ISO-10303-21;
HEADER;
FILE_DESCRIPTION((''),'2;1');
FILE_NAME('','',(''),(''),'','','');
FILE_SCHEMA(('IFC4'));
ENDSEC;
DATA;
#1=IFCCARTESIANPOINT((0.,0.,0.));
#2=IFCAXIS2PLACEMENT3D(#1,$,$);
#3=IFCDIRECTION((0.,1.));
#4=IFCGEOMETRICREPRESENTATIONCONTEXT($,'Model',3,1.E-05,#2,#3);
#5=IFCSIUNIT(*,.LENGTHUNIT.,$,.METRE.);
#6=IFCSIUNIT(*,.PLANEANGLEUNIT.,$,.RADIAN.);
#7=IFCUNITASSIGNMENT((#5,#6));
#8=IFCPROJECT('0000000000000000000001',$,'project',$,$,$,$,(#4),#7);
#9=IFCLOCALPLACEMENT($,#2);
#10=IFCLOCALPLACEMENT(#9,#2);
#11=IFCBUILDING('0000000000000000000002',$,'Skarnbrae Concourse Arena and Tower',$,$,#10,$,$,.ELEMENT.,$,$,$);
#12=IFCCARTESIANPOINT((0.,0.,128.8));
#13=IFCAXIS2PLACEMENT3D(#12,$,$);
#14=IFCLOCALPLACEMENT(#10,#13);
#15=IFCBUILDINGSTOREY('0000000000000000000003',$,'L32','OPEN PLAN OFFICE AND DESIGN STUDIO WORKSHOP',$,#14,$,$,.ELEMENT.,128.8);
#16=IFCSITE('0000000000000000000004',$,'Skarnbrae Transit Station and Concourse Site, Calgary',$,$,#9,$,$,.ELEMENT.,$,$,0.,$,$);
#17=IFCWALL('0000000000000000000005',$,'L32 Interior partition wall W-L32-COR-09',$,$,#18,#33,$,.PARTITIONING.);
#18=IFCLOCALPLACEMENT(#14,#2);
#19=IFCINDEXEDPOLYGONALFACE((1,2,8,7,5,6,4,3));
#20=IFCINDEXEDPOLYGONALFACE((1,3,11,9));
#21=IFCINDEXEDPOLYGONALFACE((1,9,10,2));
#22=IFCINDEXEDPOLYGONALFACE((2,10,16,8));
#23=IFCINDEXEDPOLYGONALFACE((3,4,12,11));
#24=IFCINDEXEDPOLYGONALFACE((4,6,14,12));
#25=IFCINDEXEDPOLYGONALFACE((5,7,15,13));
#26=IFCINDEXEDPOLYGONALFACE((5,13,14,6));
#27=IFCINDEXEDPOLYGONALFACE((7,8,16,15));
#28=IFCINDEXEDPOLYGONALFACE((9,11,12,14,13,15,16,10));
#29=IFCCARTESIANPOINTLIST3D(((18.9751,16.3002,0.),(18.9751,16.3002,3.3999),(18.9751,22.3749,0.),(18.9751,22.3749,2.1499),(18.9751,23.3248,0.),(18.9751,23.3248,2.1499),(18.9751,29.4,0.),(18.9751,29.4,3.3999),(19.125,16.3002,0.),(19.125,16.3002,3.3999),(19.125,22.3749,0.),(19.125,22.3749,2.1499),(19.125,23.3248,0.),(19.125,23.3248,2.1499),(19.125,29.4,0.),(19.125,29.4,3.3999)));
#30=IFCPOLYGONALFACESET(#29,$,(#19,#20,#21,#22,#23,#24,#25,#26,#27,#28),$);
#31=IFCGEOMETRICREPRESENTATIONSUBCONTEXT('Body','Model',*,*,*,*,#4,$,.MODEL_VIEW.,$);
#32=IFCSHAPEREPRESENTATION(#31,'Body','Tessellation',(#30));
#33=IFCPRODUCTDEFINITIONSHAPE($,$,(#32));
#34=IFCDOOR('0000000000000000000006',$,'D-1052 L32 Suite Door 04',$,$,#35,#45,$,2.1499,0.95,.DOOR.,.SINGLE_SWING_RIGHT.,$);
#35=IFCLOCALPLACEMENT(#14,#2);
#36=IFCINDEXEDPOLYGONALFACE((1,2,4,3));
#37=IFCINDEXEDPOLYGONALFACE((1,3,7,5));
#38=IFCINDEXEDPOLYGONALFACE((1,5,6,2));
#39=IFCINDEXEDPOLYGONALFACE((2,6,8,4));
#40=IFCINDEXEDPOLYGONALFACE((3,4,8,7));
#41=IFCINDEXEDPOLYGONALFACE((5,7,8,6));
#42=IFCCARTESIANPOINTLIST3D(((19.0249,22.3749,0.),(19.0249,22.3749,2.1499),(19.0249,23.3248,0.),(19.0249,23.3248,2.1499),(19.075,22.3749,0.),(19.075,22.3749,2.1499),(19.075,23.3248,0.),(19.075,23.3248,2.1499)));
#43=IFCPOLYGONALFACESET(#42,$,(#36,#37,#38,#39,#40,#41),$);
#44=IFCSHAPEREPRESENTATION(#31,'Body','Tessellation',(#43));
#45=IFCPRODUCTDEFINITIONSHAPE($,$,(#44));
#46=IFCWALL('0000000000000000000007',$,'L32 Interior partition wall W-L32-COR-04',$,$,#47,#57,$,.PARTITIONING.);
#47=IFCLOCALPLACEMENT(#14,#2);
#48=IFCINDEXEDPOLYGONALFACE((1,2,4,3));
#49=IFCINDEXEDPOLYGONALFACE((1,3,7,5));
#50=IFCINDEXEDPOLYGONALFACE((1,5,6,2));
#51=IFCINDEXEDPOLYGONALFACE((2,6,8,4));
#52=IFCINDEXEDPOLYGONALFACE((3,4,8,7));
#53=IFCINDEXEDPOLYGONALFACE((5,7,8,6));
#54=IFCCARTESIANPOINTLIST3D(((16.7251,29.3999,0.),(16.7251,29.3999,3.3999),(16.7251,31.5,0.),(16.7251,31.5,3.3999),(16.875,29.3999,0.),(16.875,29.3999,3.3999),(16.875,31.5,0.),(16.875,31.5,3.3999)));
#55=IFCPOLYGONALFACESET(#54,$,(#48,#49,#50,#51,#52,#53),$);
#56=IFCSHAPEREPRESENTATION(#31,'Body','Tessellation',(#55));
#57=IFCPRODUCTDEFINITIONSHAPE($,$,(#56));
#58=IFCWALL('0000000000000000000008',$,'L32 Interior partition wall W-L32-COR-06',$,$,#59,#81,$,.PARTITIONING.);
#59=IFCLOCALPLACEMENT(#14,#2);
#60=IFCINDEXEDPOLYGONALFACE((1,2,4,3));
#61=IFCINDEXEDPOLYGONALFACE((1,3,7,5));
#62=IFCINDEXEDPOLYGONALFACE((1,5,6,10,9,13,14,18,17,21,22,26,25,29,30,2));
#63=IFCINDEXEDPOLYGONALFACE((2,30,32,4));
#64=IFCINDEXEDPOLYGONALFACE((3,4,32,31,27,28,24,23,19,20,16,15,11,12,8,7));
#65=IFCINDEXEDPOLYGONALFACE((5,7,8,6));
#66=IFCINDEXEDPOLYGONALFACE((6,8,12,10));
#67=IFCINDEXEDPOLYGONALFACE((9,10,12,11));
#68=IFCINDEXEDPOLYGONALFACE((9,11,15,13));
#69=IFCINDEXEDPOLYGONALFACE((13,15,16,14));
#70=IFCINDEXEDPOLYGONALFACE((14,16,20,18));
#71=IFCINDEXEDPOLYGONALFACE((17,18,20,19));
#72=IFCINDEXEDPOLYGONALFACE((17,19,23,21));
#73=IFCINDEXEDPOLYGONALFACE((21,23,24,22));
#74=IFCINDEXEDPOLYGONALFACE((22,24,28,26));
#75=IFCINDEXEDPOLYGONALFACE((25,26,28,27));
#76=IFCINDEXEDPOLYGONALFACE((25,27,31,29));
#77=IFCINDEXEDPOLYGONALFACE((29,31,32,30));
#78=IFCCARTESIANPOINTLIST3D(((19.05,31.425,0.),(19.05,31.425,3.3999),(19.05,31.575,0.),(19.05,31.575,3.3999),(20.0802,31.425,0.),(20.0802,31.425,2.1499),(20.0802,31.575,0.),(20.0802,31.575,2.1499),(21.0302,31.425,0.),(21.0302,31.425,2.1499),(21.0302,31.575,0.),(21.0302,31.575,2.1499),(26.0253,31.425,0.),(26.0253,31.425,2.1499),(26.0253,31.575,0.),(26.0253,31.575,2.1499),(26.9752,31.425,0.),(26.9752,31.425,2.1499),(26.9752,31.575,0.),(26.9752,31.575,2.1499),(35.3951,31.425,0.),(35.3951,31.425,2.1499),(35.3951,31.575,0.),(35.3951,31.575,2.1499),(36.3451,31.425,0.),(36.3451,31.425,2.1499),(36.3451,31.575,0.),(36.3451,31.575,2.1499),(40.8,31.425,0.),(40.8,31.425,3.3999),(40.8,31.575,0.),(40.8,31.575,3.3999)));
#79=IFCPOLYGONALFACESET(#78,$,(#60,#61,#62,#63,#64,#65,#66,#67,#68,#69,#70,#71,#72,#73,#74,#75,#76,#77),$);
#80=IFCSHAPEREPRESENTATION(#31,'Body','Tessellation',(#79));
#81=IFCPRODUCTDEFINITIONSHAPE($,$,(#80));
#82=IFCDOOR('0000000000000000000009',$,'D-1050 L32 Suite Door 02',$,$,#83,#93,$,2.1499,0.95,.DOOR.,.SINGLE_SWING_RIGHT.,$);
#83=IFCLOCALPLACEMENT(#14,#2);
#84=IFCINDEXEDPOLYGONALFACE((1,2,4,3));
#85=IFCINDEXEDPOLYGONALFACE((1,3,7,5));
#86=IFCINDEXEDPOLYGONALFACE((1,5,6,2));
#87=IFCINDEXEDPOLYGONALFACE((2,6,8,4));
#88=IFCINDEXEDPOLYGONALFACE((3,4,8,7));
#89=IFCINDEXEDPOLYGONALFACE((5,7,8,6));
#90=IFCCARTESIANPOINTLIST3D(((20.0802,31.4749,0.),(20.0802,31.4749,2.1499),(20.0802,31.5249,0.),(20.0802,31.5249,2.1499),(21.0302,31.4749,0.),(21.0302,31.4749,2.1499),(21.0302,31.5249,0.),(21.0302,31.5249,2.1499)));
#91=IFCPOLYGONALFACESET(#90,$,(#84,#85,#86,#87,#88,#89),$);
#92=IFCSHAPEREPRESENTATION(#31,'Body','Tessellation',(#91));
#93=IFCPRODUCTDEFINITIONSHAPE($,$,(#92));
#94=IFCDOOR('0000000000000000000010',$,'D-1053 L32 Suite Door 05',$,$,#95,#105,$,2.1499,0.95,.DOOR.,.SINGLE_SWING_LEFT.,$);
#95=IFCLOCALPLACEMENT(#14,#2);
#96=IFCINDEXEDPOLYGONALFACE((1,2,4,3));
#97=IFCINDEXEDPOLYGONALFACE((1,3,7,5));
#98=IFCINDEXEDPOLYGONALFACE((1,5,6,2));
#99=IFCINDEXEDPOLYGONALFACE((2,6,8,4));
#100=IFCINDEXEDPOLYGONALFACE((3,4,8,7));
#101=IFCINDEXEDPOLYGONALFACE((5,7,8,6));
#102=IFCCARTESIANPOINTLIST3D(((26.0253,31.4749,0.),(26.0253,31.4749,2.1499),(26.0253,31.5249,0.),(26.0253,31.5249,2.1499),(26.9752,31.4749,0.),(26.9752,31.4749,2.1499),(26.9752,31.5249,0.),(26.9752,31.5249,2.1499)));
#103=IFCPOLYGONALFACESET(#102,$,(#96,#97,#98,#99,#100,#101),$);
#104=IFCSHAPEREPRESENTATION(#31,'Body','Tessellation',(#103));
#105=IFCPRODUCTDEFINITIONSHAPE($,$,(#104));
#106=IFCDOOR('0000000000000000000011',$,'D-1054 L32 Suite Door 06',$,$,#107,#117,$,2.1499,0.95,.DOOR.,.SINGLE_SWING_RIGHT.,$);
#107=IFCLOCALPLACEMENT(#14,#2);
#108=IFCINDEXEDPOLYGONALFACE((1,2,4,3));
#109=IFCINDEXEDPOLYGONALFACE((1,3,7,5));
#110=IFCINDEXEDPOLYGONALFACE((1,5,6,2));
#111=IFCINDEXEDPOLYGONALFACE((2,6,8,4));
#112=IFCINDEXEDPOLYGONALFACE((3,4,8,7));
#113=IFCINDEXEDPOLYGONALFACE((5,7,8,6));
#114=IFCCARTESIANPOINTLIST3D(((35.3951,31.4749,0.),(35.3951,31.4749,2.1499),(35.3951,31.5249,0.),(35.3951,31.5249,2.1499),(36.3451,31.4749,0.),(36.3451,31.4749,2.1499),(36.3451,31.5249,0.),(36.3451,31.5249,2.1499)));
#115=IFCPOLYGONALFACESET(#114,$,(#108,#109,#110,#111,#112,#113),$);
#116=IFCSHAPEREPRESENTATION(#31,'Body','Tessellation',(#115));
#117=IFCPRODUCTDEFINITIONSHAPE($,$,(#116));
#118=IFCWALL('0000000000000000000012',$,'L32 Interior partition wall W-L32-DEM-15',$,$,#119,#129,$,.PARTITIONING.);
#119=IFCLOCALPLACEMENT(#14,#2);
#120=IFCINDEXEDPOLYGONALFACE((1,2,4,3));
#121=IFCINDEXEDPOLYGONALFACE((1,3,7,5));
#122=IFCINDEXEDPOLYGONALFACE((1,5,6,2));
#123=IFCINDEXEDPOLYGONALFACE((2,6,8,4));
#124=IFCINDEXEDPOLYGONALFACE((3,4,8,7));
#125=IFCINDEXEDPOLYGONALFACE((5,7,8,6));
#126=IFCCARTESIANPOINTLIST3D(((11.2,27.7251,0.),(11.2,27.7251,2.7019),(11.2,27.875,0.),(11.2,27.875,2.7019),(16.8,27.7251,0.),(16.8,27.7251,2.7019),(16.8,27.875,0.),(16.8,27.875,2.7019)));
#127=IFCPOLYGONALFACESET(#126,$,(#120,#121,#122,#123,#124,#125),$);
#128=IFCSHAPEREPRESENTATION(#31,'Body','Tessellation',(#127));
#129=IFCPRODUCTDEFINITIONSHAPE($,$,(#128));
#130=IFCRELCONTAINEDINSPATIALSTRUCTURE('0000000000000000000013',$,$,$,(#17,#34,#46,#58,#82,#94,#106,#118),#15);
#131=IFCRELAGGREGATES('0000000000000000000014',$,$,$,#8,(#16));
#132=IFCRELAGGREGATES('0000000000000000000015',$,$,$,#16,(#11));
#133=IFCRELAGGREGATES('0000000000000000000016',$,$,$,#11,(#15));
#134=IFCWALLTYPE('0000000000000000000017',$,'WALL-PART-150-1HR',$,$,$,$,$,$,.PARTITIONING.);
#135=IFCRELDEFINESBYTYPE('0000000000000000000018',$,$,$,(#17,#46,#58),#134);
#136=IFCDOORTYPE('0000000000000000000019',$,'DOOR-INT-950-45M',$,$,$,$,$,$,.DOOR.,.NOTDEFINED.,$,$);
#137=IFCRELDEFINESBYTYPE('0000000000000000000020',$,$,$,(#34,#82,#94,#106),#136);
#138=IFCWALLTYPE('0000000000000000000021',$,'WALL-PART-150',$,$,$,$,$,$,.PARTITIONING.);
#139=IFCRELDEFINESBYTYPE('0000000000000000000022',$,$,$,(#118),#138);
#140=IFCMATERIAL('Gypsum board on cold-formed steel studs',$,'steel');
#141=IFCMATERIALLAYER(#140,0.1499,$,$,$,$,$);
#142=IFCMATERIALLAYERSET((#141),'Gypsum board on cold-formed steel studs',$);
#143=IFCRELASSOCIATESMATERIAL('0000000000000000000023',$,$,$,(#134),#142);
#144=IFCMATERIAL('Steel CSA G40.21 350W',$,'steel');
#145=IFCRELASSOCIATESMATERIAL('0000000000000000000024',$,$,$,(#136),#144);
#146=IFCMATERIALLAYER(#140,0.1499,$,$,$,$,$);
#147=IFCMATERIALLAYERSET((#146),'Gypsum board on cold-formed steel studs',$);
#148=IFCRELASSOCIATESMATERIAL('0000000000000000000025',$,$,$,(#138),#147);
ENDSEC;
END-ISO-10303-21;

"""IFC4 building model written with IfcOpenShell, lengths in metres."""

from ifc_helpers import new_model, si_unit, direction, frame, frame_2d, origin, place, context, subcontext, project, spatial, rectangle, extrude, source, transform, mapped, material, layer, layer_set, type_object, element, fill, save


model = new_model("IFC4")

# Units and contexts
model_context = context("Model", 3, precision=1e-05, world=origin(), true_north=direction((0.0, 1.0)))
body_context = subcontext(model_context, "Body", "Model", "MODEL_VIEW")
ifc_project = project(units=[si_unit("LENGTHUNIT", "METRE"), si_unit("PLANEANGLEUNIT", "RADIAN")], contexts=[model_context])

# Site, building, storey
site_placement = place(None, origin())
site = spatial("IfcSite", under=ifc_project, at=site_placement, Name="Skarnbrae Transit Station and Concourse Site, Calgary", CompositionType="ELEMENT", RefElevation=0.0)
building_placement = place(site_placement, origin())
building = spatial("IfcBuilding", under=site, at=building_placement, Name="Skarnbrae Concourse Arena and Tower", CompositionType="ELEMENT")
storey_placement = place(building_placement, frame((0.0, 0.0, 128.8)))
storey = spatial("IfcBuildingStorey", under=building, at=storey_placement, Name="L32", Description="OPEN PLAN OFFICE AND DESIGN STUDIO WORKSHOP", CompositionType="ELEMENT", Elevation=128.8)

# Shared definitions
ifc_material_1 = material(Name="Steel CSA G40.21 350W", Category="steel")

# Shared definitions
ifc_material_2 = material(Name="Gypsum board on cold-formed steel studs", Category="steel")
ifc_layer_1 = layer(ifc_material_2, 0.1499)
ifc_layer_set_1 = layer_set([ifc_layer_1], Name="Gypsum board on cold-formed steel studs")
wall_type_1 = type_object("IfcWallType", Name="WALL-PART-150-1HR", PredefinedType="PARTITIONING", material=ifc_layer_set_1)

# Wall, opening, door
shared_shape_1 = source(origin(), body_context, "Body", "SweptSolid", [
    extrude(rectangle(XDim=13.0999, YDim=0.1499, at=frame_2d((6.5498, 0.0))), origin(), (0.0, 0.0, 1.0), 3.3999),
])
wall_1_placement = place(storey_placement, frame((19.05, 29.3999, 0.0), z_axis=(0.0, 0.0, 1.0), x_axis=(0.0, -1.0, 0.0)))
wall_1 = element("IfcWall", 1, at=wall_1_placement, inside=storey, type_object=wall_type_1, Name="L32 Interior partition wall W-L32-COR-09", PredefinedType="PARTITIONING", context=body_context, shape_type="MappedRepresentation", body=[
    mapped(shared_shape_1, transform((0.0, 0.0, 0.0))),
])
opening_1_placement = place(wall_1_placement, frame((6.075, 0.0, 0.0)))
opening_1 = element("IfcOpeningElement", 2, at=opening_1_placement, cuts=wall_1, PredefinedType="OPENING", context=body_context, shape_type="SweptSolid", body=[
    extrude(rectangle(XDim=0.95, YDim=2.1499, at=frame_2d((0.4751, 1.075))), frame((0.0, 0.085, 0.0), z_axis=(0.0, -1.0, 0.0), x_axis=(1.0, 0.0, 0.0)), (0.0, 0.0, 1.0), 0.1699),
])
door_type = type_object("IfcDoorType", Name="DOOR-INT-950-45M", OperationType="NOTDEFINED", PredefinedType="DOOR", material=ifc_material_1)
shared_shape_2 = source(origin(), body_context, "Body", "SweptSolid", [
    extrude(rectangle(XDim=0.95, YDim=2.1499, at=frame_2d((0.4751, 1.075))), frame((0.0, 0.0249, 0.0), z_axis=(0.0, -1.0, 0.0), x_axis=(1.0, 0.0, 0.0)), (0.0, 0.0, 1.0), 0.05),
])
door_1_placement = place(opening_1_placement, origin())
door_1 = element("IfcDoor", 3, at=door_1_placement, inside=storey, type_object=door_type, Name="D-1052 L32 Suite Door 04", OperationType="SINGLE_SWING_RIGHT", OverallHeight=2.1499, OverallWidth=0.95, PredefinedType="DOOR", context=body_context, shape_type="MappedRepresentation", body=[
    mapped(shared_shape_2, transform((0.0, 0.0, 0.0))),
])
fill(opening_1, door_1)

# Wall
shared_shape_3 = source(origin(), body_context, "Body", "SweptSolid", [
    extrude(rectangle(XDim=2.1001, YDim=0.1499, at=frame_2d((1.05, 0.0))), origin(), (0.0, 0.0, 1.0), 3.3999),
])
wall_2_placement = place(storey_placement, frame((16.8, 29.3999, 0.0), z_axis=(0.0, 0.0, 1.0), x_axis=(0.0, 1.0, 0.0)))
element("IfcWall", 4, at=wall_2_placement, inside=storey, type_object=wall_type_1, Name="L32 Interior partition wall W-L32-COR-04", PredefinedType="PARTITIONING", context=body_context, shape_type="MappedRepresentation", body=[
    mapped(shared_shape_3, transform((0.0, 0.0, 0.0))),
])

# Wall, openings, doors
shared_shape_4 = source(origin(), body_context, "Body", "SweptSolid", [
    extrude(rectangle(XDim=21.75, YDim=0.1499, at=frame_2d((10.875, 0.0))), origin(), (0.0, 0.0, 1.0), 3.3999),
])
wall_3_placement = place(storey_placement, frame((19.05, 31.5, 0.0), z_axis=(0.0, 0.0, 1.0), x_axis=(1.0, 0.0, 0.0)))
wall_3 = element("IfcWall", 5, at=wall_3_placement, inside=storey, type_object=wall_type_1, Name="L32 Interior partition wall W-L32-COR-06", PredefinedType="PARTITIONING", context=body_context, shape_type="MappedRepresentation", body=[
    mapped(shared_shape_4, transform((0.0, 0.0, 0.0))),
])
opening_2_placement = place(wall_3_placement, frame((1.03, 0.0, 0.0)))
opening_2 = element("IfcOpeningElement", 6, at=opening_2_placement, cuts=wall_3, PredefinedType="OPENING", context=body_context, shape_type="SweptSolid", body=[
    extrude(rectangle(XDim=0.95, YDim=2.1499, at=frame_2d((0.4751, 1.075))), frame((0.0, 0.085, 0.0), z_axis=(0.0, -1.0, 0.0), x_axis=(1.0, 0.0, 0.0)), (0.0, 0.0, 1.0), 0.1699),
])
opening_3_placement = place(wall_3_placement, frame((6.9751, 0.0, 0.0)))
opening_3 = element("IfcOpeningElement", 7, at=opening_3_placement, cuts=wall_3, PredefinedType="OPENING", context=body_context, shape_type="SweptSolid", body=[
    extrude(rectangle(XDim=0.95, YDim=2.1499, at=frame_2d((0.4751, 1.075))), frame((0.0, 0.085, 0.0), z_axis=(0.0, -1.0, 0.0), x_axis=(1.0, 0.0, 0.0)), (0.0, 0.0, 1.0), 0.1699),
])
opening_4_placement = place(wall_3_placement, frame((16.345, 0.0, 0.0)))
opening_4 = element("IfcOpeningElement", 8, at=opening_4_placement, cuts=wall_3, PredefinedType="OPENING", context=body_context, shape_type="SweptSolid", body=[
    extrude(rectangle(XDim=0.95, YDim=2.1499, at=frame_2d((0.4751, 1.075))), frame((0.0, 0.085, 0.0), z_axis=(0.0, -1.0, 0.0), x_axis=(1.0, 0.0, 0.0)), (0.0, 0.0, 1.0), 0.1699),
])
door_2_placement = place(opening_2_placement, origin())
door_2 = element("IfcDoor", 9, at=door_2_placement, inside=storey, type_object=door_type, Name="D-1050 L32 Suite Door 02", OperationType="SINGLE_SWING_RIGHT", OverallHeight=2.1499, OverallWidth=0.95, PredefinedType="DOOR", context=body_context, shape_type="MappedRepresentation", body=[
    mapped(shared_shape_2, transform((0.0, 0.0, 0.0))),
])
fill(opening_2, door_2)
door_3_placement = place(opening_3_placement, origin())
door_3 = element("IfcDoor", 10, at=door_3_placement, inside=storey, type_object=door_type, Name="D-1053 L32 Suite Door 05", OperationType="SINGLE_SWING_LEFT", OverallHeight=2.1499, OverallWidth=0.95, PredefinedType="DOOR", context=body_context, shape_type="MappedRepresentation", body=[
    mapped(shared_shape_2, transform((0.0, 0.0, 0.0))),
])
fill(opening_3, door_3)
door_4_placement = place(opening_4_placement, origin())
door_4 = element("IfcDoor", 11, at=door_4_placement, inside=storey, type_object=door_type, Name="D-1054 L32 Suite Door 06", OperationType="SINGLE_SWING_RIGHT", OverallHeight=2.1499, OverallWidth=0.95, PredefinedType="DOOR", context=body_context, shape_type="MappedRepresentation", body=[
    mapped(shared_shape_2, transform((0.0, 0.0, 0.0))),
])
fill(opening_4, door_4)

# Wall
ifc_layer_2 = layer(ifc_material_2, 0.1499)
ifc_layer_set_2 = layer_set([ifc_layer_2], Name="Gypsum board on cold-formed steel studs")
wall_type_2 = type_object("IfcWallType", Name="WALL-PART-150", PredefinedType="PARTITIONING", material=ifc_layer_set_2)
shared_shape_5 = source(origin(), body_context, "Body", "SweptSolid", [
    extrude(rectangle(XDim=5.6001, YDim=0.1499, at=frame_2d((2.8, 0.0))), origin(), (0.0, 0.0, 1.0), 2.7019),
])
wall_4_placement = place(storey_placement, frame((16.8, 27.8, 0.0), z_axis=(0.0, 0.0, 1.0), x_axis=(-1.0, 0.0, 0.0)))
element("IfcWall", 12, at=wall_4_placement, inside=storey, type_object=wall_type_2, Name="L32 Interior partition wall W-L32-DEM-15", PredefinedType="PARTITIONING", context=body_context, shape_type="MappedRepresentation", body=[
    mapped(shared_shape_5, transform((0.0, 0.0, 0.0))),
])

save(model, "model.ifc")
